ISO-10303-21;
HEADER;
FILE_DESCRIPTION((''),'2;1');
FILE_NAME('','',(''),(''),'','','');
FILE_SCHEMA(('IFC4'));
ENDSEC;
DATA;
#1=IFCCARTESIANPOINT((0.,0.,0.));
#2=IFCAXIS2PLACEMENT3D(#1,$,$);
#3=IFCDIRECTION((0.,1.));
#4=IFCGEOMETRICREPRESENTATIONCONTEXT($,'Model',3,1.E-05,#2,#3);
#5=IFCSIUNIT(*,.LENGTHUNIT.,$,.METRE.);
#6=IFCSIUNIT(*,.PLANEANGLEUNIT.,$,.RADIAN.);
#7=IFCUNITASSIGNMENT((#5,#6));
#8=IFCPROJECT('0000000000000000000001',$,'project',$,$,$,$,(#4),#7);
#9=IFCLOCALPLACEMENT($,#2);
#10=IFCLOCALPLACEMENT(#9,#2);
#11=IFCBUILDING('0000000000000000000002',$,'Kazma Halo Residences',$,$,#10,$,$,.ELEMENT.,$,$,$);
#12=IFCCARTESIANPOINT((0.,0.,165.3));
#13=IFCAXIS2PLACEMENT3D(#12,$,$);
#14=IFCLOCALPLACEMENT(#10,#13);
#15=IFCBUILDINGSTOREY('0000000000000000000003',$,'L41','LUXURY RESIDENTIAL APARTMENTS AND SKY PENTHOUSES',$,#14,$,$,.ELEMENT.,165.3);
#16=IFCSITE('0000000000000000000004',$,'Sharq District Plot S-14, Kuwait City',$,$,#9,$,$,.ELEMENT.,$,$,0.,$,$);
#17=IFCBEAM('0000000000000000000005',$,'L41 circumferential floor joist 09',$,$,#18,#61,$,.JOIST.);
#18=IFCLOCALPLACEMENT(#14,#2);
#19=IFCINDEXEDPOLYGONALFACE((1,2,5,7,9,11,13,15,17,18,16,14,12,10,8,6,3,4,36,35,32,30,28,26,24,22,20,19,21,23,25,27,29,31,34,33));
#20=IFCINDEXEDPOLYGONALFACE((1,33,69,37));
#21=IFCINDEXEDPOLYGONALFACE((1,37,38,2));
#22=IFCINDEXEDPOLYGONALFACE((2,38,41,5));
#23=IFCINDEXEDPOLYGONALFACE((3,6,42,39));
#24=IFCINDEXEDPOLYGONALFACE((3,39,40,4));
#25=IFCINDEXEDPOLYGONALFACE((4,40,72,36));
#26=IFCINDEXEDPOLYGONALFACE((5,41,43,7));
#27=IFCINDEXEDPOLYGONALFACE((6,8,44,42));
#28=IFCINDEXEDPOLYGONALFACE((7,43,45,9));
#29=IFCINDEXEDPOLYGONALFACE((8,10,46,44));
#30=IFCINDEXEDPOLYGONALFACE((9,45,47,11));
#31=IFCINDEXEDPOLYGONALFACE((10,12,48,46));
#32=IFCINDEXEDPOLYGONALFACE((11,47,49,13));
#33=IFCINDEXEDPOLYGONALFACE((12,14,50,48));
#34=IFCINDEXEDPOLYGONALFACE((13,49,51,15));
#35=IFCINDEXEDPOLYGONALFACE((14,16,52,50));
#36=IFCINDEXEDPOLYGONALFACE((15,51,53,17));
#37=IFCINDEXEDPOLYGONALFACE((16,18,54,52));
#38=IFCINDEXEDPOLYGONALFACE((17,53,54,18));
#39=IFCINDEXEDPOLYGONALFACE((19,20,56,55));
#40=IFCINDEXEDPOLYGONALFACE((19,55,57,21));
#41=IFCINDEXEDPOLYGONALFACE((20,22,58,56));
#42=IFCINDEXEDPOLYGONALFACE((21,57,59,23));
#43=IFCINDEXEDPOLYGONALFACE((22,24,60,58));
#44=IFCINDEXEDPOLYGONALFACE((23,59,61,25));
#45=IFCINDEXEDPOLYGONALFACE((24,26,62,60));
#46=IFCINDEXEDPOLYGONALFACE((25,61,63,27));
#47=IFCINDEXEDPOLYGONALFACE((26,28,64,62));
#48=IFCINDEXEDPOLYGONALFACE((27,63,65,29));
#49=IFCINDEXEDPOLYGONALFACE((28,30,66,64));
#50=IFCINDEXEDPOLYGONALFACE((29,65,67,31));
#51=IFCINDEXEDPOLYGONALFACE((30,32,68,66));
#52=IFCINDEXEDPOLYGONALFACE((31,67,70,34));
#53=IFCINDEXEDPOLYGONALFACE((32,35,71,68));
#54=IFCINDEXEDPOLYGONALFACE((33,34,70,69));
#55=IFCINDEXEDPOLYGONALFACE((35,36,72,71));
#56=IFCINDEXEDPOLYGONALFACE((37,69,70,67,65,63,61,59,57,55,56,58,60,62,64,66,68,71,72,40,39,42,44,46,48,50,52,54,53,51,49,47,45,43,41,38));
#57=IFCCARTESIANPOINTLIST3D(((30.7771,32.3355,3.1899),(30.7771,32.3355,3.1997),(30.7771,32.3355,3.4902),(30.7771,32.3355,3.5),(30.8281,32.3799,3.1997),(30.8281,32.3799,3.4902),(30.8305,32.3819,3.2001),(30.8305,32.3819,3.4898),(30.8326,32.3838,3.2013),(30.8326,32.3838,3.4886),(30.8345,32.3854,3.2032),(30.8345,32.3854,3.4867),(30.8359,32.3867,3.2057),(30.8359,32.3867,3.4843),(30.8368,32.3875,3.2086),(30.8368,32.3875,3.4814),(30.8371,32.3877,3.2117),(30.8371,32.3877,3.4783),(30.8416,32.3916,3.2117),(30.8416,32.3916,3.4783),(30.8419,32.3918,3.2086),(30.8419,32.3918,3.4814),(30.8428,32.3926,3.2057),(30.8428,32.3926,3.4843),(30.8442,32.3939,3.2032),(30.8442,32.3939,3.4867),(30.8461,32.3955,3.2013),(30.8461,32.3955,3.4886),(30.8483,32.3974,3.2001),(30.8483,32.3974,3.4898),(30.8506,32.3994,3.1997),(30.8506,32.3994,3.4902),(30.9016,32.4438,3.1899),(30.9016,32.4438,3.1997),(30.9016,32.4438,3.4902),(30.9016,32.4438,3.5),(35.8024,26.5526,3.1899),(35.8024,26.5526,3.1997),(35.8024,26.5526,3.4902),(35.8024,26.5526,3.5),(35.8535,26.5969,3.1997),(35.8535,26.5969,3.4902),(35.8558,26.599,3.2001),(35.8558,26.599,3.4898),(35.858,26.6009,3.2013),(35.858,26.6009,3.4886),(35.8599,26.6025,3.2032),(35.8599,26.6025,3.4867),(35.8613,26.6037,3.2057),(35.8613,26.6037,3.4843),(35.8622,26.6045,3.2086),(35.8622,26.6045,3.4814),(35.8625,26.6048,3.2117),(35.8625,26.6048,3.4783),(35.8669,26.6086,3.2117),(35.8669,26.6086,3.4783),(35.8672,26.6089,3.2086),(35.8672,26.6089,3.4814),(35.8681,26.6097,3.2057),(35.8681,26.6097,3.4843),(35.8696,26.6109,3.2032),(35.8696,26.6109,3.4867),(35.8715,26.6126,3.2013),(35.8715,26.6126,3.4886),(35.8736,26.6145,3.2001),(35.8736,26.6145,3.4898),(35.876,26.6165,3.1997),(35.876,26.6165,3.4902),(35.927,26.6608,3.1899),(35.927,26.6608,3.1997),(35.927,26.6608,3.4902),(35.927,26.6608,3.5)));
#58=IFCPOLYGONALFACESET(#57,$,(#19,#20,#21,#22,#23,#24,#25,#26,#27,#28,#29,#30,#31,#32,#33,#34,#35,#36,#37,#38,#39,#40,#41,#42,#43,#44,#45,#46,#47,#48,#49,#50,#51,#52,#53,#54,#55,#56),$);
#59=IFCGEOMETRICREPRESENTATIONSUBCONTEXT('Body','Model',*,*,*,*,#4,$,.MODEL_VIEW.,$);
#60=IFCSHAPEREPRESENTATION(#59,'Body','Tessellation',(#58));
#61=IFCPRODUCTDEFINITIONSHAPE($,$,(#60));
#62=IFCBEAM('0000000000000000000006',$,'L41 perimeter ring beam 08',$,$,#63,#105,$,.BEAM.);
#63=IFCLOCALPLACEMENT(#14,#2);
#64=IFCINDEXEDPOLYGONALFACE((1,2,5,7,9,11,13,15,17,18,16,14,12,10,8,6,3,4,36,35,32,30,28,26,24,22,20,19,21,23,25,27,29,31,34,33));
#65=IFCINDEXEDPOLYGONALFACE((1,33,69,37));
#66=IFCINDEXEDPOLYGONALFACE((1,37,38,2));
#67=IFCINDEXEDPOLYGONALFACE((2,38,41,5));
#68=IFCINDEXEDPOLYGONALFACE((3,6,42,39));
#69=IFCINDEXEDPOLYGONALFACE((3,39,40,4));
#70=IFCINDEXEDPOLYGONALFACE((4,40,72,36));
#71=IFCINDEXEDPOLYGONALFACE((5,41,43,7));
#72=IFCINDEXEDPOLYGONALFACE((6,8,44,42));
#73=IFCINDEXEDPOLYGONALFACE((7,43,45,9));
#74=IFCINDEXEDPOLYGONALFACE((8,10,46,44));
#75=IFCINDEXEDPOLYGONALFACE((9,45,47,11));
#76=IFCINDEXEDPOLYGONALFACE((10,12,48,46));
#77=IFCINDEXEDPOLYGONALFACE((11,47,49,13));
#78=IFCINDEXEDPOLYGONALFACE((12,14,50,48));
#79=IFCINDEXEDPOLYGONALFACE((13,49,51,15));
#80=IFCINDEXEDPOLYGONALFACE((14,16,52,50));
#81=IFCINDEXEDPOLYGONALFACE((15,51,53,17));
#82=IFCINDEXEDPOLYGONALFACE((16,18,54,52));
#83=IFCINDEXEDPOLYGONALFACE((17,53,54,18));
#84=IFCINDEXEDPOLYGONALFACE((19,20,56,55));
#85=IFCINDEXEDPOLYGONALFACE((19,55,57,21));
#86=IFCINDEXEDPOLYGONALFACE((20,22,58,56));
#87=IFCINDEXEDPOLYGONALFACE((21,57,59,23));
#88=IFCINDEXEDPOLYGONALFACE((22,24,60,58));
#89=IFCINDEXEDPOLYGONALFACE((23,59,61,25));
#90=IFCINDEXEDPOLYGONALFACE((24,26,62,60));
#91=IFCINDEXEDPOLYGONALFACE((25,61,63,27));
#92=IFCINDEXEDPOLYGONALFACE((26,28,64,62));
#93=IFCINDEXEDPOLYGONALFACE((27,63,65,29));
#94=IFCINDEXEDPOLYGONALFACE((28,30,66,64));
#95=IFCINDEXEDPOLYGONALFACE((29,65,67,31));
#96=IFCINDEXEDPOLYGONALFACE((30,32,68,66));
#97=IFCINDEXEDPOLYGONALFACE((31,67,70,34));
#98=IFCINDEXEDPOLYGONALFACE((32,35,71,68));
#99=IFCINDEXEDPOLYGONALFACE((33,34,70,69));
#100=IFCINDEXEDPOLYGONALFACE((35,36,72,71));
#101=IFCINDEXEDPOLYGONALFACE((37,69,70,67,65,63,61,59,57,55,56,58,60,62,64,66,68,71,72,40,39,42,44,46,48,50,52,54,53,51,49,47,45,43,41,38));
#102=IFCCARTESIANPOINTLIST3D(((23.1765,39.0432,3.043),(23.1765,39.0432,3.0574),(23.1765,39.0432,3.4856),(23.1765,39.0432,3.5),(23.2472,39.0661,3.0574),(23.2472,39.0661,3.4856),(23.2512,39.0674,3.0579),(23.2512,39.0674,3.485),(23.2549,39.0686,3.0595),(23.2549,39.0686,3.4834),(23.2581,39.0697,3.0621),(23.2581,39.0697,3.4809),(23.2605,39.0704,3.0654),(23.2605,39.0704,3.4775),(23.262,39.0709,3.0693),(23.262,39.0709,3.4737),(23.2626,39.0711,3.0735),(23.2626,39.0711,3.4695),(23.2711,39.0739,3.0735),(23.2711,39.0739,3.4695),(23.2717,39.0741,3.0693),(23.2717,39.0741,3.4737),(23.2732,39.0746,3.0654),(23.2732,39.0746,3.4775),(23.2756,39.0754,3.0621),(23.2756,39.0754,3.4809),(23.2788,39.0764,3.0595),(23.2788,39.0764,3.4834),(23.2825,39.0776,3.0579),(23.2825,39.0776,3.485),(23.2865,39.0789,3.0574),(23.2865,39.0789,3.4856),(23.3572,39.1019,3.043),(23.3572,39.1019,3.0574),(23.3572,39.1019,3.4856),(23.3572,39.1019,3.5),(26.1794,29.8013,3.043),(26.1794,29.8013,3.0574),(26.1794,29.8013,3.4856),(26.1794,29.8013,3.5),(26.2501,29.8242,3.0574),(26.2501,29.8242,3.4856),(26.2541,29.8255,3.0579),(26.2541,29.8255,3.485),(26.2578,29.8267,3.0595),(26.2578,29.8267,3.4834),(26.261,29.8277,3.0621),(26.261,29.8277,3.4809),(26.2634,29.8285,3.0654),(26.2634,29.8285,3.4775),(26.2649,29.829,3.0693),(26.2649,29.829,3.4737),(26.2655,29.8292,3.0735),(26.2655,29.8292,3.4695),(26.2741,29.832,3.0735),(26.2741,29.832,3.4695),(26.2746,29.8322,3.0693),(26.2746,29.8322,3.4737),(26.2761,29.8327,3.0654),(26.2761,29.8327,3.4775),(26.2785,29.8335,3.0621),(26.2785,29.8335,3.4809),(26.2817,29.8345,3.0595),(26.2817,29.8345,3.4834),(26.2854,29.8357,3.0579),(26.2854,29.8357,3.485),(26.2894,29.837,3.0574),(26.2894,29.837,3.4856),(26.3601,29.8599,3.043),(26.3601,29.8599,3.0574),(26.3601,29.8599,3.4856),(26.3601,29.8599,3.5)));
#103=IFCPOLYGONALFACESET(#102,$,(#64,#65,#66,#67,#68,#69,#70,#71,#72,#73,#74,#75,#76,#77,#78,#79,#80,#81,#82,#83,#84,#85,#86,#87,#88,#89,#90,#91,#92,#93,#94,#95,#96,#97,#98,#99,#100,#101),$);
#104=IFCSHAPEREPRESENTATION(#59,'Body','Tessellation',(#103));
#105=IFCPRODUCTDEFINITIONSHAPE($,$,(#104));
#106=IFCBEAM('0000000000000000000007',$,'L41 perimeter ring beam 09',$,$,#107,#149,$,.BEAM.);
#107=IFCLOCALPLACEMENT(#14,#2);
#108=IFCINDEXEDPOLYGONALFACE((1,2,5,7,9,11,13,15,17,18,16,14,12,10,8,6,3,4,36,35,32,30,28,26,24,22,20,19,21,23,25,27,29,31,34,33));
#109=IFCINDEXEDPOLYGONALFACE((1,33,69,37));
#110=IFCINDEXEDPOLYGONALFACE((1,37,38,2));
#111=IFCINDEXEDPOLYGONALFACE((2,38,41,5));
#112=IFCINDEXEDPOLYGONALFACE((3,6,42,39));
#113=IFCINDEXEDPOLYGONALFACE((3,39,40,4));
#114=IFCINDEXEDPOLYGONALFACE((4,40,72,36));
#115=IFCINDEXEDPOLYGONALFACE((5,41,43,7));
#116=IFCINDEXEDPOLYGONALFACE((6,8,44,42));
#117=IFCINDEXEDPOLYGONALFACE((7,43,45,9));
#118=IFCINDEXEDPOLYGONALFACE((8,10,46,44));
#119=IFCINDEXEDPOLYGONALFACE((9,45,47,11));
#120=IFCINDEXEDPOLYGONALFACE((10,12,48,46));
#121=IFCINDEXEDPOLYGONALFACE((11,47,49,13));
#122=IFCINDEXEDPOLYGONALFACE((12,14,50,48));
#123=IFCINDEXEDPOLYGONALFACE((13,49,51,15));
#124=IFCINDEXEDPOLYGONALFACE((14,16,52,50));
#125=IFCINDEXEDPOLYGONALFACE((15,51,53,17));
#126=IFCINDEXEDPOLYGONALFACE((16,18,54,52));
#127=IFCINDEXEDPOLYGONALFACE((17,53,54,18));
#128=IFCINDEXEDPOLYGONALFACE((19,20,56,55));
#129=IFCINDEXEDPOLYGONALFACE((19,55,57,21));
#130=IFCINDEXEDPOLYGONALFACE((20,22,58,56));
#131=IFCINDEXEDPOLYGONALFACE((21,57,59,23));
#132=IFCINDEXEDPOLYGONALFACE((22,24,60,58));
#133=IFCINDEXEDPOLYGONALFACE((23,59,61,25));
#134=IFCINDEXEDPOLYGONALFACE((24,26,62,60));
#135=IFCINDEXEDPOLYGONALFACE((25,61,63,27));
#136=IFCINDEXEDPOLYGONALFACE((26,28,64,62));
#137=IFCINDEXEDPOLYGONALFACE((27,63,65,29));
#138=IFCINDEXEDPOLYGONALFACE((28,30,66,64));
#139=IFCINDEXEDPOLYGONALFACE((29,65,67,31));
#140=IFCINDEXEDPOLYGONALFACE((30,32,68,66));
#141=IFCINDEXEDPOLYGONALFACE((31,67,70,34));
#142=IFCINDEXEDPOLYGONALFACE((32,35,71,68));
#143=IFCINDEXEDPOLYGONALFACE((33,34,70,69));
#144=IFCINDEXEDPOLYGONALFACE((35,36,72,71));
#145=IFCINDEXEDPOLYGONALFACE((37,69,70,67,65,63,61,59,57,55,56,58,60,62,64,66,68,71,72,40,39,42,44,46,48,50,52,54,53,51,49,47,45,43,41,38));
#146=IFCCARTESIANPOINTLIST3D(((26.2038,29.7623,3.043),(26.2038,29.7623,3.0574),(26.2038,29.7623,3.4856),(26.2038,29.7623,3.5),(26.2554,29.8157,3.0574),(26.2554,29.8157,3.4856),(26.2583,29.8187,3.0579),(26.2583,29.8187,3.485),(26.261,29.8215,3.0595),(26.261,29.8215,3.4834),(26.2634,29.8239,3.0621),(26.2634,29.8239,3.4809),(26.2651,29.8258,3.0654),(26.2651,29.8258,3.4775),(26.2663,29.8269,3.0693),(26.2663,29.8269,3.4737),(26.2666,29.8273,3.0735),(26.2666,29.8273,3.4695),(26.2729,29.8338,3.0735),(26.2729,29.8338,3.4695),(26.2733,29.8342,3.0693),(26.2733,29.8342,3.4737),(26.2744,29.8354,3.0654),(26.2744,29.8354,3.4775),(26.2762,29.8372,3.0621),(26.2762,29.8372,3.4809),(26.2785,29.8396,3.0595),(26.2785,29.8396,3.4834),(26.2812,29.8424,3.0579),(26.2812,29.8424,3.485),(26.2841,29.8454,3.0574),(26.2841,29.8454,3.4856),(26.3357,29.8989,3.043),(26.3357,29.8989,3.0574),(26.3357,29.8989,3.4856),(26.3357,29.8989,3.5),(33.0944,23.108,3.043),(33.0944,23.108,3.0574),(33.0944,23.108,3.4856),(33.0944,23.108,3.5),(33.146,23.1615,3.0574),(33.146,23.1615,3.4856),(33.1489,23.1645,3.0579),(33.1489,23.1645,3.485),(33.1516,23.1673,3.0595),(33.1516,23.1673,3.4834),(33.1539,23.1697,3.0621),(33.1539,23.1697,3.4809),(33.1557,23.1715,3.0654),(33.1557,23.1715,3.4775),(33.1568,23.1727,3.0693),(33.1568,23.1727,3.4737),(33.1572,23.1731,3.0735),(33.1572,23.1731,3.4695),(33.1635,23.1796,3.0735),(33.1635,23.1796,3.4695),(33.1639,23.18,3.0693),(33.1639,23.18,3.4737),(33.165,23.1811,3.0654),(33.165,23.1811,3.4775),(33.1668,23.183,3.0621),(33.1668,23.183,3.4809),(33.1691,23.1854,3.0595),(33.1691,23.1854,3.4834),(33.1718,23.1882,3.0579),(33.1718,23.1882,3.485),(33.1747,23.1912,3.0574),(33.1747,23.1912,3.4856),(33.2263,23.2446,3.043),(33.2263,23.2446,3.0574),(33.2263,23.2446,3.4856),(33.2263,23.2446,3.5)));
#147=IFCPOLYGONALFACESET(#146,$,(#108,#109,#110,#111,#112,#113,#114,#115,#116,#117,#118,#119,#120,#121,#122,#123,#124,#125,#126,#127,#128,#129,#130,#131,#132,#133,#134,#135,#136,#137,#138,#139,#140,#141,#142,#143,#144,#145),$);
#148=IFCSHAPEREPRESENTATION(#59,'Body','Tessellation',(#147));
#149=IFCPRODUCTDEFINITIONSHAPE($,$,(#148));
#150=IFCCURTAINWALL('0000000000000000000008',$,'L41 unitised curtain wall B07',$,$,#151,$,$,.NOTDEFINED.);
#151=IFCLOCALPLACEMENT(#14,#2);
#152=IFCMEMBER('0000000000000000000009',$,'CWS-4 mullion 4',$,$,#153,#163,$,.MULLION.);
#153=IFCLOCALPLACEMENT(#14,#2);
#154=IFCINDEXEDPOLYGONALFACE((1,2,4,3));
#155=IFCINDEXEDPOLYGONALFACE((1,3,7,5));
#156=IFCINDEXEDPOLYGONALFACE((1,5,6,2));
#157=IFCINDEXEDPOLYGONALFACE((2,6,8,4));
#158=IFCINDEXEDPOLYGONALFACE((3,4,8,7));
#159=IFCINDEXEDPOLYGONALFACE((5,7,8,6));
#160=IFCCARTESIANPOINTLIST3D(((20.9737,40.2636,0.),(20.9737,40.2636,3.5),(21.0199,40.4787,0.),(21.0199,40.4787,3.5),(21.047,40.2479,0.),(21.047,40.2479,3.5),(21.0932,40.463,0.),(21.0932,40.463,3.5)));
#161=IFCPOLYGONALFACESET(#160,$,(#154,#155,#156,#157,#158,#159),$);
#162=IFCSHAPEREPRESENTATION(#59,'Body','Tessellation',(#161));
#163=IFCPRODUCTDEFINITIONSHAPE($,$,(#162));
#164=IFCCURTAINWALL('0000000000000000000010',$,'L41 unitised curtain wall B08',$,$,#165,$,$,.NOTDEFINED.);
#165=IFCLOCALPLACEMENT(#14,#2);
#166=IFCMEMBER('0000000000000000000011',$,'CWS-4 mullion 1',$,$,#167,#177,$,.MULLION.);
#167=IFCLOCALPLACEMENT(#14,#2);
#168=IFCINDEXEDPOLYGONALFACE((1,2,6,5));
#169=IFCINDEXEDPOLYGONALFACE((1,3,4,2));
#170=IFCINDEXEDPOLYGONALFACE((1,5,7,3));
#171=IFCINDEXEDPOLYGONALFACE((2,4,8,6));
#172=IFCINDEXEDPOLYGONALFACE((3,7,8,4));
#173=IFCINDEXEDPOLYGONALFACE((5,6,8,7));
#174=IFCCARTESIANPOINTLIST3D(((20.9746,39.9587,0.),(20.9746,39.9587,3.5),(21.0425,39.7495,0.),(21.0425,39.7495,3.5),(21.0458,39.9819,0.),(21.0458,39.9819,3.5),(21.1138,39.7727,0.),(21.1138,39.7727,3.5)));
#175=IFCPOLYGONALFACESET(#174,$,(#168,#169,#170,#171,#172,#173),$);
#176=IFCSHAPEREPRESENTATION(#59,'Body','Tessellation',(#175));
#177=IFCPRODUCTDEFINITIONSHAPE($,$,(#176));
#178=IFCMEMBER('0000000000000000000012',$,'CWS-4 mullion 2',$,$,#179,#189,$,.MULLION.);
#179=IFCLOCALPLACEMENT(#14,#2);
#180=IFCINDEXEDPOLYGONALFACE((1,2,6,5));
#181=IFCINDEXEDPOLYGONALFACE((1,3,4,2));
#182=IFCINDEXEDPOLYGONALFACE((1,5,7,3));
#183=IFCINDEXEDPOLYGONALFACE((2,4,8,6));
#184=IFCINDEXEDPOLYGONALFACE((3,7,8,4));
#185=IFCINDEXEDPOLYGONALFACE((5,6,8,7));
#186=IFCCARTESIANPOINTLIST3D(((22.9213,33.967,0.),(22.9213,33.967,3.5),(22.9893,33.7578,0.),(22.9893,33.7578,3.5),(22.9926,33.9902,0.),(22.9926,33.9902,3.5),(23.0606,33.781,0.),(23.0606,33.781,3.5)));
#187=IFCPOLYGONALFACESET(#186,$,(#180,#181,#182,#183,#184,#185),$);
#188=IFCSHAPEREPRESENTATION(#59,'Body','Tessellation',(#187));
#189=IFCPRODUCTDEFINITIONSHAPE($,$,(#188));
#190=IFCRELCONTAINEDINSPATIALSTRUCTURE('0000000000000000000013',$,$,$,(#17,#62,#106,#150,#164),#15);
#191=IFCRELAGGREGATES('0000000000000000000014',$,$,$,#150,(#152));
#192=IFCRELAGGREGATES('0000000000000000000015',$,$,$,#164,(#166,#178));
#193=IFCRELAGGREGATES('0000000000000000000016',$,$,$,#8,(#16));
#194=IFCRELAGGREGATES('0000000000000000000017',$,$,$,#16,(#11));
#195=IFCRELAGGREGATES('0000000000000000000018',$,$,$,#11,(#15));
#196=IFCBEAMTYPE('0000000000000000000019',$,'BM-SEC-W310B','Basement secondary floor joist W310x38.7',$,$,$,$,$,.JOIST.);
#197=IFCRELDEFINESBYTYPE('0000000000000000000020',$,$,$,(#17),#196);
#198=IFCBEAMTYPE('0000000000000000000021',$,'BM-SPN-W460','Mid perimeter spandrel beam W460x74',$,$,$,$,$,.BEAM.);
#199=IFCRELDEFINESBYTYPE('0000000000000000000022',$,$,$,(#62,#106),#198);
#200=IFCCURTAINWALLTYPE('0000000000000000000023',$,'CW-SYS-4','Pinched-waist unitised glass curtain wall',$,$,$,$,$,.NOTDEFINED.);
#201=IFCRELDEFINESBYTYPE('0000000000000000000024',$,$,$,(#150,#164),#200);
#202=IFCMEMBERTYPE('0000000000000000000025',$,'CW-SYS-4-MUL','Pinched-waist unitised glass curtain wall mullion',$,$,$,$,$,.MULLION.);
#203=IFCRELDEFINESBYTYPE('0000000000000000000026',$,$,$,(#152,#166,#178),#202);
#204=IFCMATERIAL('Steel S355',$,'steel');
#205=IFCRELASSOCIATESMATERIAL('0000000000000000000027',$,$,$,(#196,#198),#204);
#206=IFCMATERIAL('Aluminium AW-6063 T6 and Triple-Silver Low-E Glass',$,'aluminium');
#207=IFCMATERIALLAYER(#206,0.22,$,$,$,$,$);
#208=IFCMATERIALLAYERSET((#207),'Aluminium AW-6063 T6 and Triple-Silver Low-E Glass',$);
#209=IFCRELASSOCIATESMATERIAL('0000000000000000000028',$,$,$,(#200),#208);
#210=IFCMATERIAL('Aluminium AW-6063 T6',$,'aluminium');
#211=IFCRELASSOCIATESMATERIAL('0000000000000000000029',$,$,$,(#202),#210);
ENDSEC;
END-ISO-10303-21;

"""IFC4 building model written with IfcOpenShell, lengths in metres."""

from ifc_helpers import new_model, si_unit, direction, frame, origin, origin_2d, place, context, subcontext, project, spatial, rectangle, i_section, extrude, material, layer, layer_set, material_profile, profile_set, type_object, element, aggregate, save


model = new_model("IFC4")

# Units and contexts
model_context = context("Model", 3, precision=1e-05, world=origin(), true_north=direction((0.0, 1.0)))
body_context = subcontext(model_context, "Body", "Model", "MODEL_VIEW")
ifc_project = project(units=[si_unit("LENGTHUNIT", "METRE"), si_unit("PLANEANGLEUNIT", "RADIAN")], contexts=[model_context])

# Site, building, storey
site_placement = place(None, origin())
site = spatial("IfcSite", under=ifc_project, at=site_placement, Name="Sharq District Plot S-14, Kuwait City", CompositionType="ELEMENT", RefElevation=0.0)
building_placement = place(site_placement, origin())
building = spatial("IfcBuilding", under=site, at=building_placement, Name="Kazma Halo Residences", CompositionType="ELEMENT")
storey_placement = place(building_placement, frame((0.0, 0.0, 165.3)))
storey = spatial("IfcBuildingStorey", under=building, at=storey_placement, Name="L41", Description="LUXURY RESIDENTIAL APARTMENTS AND SKY PENTHOUSES", CompositionType="ELEMENT", Elevation=165.3)

# Beams
ifc_material_1 = material(Name="Steel S355", Category="steel")
ifc_material_profile_1 = material_profile(ifc_material_1, i_section(OverallWidth=0.165, OverallDepth=0.3101, WebThickness=0.0059, FlangeThickness=0.0098, FilletRadius=0.012, at=origin_2d()), Name="W310x38.7")
ifc_profile_set_1 = profile_set([ifc_material_profile_1], Name="Steel S355")
beam_type_1 = type_object("IfcBeamType", Name="BM-SEC-W310B", Description="Basement secondary floor joist W310x38.7", PredefinedType="JOIST", material=ifc_profile_set_1)
beam_1_placement = place(storey_placement, frame((30.8394, 32.3896, 3.345), z_axis=(0.655936, -0.754817, 0.0), x_axis=(0.754817, 0.655936, 0.0)))
element("IfcBeam", 1, at=beam_1_placement, inside=storey, type_object=beam_type_1, Name="L41 circumferential floor joist 09", PredefinedType="JOIST", context=body_context, shape_type="SweptSolid", body=[
    extrude(i_section(OverallWidth=0.165, OverallDepth=0.3101, WebThickness=0.0059, FlangeThickness=0.0098, FilletRadius=0.012, at=origin_2d()), origin(), (0.0, 0.0, 1.0), 7.6614),
])
ifc_material_profile_2 = material_profile(ifc_material_1, i_section(OverallWidth=0.1899, OverallDepth=0.457, WebThickness=0.009, FlangeThickness=0.0144, FilletRadius=0.0161, at=origin_2d()), Name="W460x74")
ifc_profile_set_2 = profile_set([ifc_material_profile_2], Name="Steel S355")
beam_type_2 = type_object("IfcBeamType", Name="BM-SPN-W460", Description="Mid perimeter spandrel beam W460x74", PredefinedType="BEAM", material=ifc_profile_set_2)
beam_2_placement = place(storey_placement, frame((23.2668, 39.0725, 3.2715), z_axis=(0.309021, -0.951055, 0.0), x_axis=(0.951055, 0.309021, 0.0)))
element("IfcBeam", 2, at=beam_2_placement, inside=storey, type_object=beam_type_2, Name="L41 perimeter ring beam 08", PredefinedType="BEAM", context=body_context, shape_type="SweptSolid", body=[
    extrude(i_section(OverallWidth=0.1899, OverallDepth=0.457, WebThickness=0.009, FlangeThickness=0.0144, FilletRadius=0.0161, at=origin_2d()), origin(), (0.0, 0.0, 1.0), 9.7175),
])
beam_3_placement = place(storey_placement, frame((26.2698, 29.8306, 3.2715), z_axis=(0.719335, -0.694664, 0.0), x_axis=(0.694664, 0.719335, 0.0)))
element("IfcBeam", 3, at=beam_3_placement, inside=storey, type_object=beam_type_2, Name="L41 perimeter ring beam 09", PredefinedType="BEAM", context=body_context, shape_type="SweptSolid", body=[
    extrude(i_section(OverallWidth=0.1899, OverallDepth=0.457, WebThickness=0.009, FlangeThickness=0.0144, FilletRadius=0.0161, at=origin_2d()), origin(), (0.0, 0.0, 1.0), 9.5791),
])

# Curtain wall, member
ifc_material_2 = material(Name="Aluminium AW-6063 T6 and Triple-Silver Low-E Glass", Category="aluminium")
ifc_layer_1 = layer(ifc_material_2, 0.22)
ifc_layer_set_1 = layer_set([ifc_layer_1], Name="Aluminium AW-6063 T6 and Triple-Silver Low-E Glass")
curtain_wall_type = type_object("IfcCurtainWallType", Name="CW-SYS-4", Description="Pinched-waist unitised glass curtain wall", PredefinedType="NOTDEFINED", material=ifc_layer_set_1)
curtain_wall_1_placement = place(storey_placement, origin())
curtain_wall_1 = element("IfcCurtainWall", 4, at=curtain_wall_1_placement, inside=storey, type_object=curtain_wall_type, Name="L41 unitised curtain wall B07", PredefinedType="NOTDEFINED")
ifc_material_3 = material(Name="Aluminium AW-6063 T6", Category="aluminium")
ifc_material_profile_3 = material_profile(ifc_material_3, rectangle(XDim=0.075, YDim=0.22, at=origin_2d()), Name="CWM-75x220")
ifc_profile_set_3 = profile_set([ifc_material_profile_3], Name="Aluminium AW-6063 T6")
member_type_1 = type_object("IfcMemberType", Name="CW-SYS-4-MUL", Description="Pinched-waist unitised glass curtain wall mullion", PredefinedType="MULLION", material=ifc_profile_set_3)
member_1_placement = place(storey_placement, frame((21.0334, 40.3633, 0.0), z_axis=(0.0, 0.0, 1.0), x_axis=(0.977765, -0.209704, 0.0)))
member_1 = element("IfcMember", 5, at=member_1_placement, type_object=member_type_1, Name="CWS-4 mullion 4", PredefinedType="MULLION", context=body_context, shape_type="SweptSolid", body=[
    extrude(rectangle(XDim=0.075, YDim=0.22, at=origin_2d()), origin(), (0.0, 0.0, 1.0), 3.5),
])
aggregate(curtain_wall_1, [member_1])

# Curtain wall, members
curtain_wall_2_placement = place(storey_placement, origin())
curtain_wall_2 = element("IfcCurtainWall", 6, at=curtain_wall_2_placement, inside=storey, type_object=curtain_wall_type, Name="L41 unitised curtain wall B08", PredefinedType="NOTDEFINED")
member_2_placement = place(storey_placement, frame((21.0442, 39.8657, 0.0), z_axis=(0.0, 0.0, 1.0), x_axis=(0.951058, 0.309014, 0.0)))
member_2 = element("IfcMember", 7, at=member_2_placement, type_object=member_type_1, Name="CWS-4 mullion 1", PredefinedType="MULLION", context=body_context, shape_type="SweptSolid", body=[
    extrude(rectangle(XDim=0.075, YDim=0.22, at=origin_2d()), origin(), (0.0, 0.0, 1.0), 3.5),
])
member_3_placement = place(storey_placement, frame((22.991, 33.874, 0.0), z_axis=(0.0, 0.0, 1.0), x_axis=(0.951058, 0.309014, 0.0)))
member_3 = element("IfcMember", 8, at=member_3_placement, type_object=member_type_1, Name="CWS-4 mullion 2", PredefinedType="MULLION", context=body_context, shape_type="SweptSolid", body=[
    extrude(rectangle(XDim=0.075, YDim=0.22, at=origin_2d()), origin(), (0.0, 0.0, 1.0), 3.5),
])
aggregate(curtain_wall_2, [member_2, member_3])

save(model, "model.ifc")
